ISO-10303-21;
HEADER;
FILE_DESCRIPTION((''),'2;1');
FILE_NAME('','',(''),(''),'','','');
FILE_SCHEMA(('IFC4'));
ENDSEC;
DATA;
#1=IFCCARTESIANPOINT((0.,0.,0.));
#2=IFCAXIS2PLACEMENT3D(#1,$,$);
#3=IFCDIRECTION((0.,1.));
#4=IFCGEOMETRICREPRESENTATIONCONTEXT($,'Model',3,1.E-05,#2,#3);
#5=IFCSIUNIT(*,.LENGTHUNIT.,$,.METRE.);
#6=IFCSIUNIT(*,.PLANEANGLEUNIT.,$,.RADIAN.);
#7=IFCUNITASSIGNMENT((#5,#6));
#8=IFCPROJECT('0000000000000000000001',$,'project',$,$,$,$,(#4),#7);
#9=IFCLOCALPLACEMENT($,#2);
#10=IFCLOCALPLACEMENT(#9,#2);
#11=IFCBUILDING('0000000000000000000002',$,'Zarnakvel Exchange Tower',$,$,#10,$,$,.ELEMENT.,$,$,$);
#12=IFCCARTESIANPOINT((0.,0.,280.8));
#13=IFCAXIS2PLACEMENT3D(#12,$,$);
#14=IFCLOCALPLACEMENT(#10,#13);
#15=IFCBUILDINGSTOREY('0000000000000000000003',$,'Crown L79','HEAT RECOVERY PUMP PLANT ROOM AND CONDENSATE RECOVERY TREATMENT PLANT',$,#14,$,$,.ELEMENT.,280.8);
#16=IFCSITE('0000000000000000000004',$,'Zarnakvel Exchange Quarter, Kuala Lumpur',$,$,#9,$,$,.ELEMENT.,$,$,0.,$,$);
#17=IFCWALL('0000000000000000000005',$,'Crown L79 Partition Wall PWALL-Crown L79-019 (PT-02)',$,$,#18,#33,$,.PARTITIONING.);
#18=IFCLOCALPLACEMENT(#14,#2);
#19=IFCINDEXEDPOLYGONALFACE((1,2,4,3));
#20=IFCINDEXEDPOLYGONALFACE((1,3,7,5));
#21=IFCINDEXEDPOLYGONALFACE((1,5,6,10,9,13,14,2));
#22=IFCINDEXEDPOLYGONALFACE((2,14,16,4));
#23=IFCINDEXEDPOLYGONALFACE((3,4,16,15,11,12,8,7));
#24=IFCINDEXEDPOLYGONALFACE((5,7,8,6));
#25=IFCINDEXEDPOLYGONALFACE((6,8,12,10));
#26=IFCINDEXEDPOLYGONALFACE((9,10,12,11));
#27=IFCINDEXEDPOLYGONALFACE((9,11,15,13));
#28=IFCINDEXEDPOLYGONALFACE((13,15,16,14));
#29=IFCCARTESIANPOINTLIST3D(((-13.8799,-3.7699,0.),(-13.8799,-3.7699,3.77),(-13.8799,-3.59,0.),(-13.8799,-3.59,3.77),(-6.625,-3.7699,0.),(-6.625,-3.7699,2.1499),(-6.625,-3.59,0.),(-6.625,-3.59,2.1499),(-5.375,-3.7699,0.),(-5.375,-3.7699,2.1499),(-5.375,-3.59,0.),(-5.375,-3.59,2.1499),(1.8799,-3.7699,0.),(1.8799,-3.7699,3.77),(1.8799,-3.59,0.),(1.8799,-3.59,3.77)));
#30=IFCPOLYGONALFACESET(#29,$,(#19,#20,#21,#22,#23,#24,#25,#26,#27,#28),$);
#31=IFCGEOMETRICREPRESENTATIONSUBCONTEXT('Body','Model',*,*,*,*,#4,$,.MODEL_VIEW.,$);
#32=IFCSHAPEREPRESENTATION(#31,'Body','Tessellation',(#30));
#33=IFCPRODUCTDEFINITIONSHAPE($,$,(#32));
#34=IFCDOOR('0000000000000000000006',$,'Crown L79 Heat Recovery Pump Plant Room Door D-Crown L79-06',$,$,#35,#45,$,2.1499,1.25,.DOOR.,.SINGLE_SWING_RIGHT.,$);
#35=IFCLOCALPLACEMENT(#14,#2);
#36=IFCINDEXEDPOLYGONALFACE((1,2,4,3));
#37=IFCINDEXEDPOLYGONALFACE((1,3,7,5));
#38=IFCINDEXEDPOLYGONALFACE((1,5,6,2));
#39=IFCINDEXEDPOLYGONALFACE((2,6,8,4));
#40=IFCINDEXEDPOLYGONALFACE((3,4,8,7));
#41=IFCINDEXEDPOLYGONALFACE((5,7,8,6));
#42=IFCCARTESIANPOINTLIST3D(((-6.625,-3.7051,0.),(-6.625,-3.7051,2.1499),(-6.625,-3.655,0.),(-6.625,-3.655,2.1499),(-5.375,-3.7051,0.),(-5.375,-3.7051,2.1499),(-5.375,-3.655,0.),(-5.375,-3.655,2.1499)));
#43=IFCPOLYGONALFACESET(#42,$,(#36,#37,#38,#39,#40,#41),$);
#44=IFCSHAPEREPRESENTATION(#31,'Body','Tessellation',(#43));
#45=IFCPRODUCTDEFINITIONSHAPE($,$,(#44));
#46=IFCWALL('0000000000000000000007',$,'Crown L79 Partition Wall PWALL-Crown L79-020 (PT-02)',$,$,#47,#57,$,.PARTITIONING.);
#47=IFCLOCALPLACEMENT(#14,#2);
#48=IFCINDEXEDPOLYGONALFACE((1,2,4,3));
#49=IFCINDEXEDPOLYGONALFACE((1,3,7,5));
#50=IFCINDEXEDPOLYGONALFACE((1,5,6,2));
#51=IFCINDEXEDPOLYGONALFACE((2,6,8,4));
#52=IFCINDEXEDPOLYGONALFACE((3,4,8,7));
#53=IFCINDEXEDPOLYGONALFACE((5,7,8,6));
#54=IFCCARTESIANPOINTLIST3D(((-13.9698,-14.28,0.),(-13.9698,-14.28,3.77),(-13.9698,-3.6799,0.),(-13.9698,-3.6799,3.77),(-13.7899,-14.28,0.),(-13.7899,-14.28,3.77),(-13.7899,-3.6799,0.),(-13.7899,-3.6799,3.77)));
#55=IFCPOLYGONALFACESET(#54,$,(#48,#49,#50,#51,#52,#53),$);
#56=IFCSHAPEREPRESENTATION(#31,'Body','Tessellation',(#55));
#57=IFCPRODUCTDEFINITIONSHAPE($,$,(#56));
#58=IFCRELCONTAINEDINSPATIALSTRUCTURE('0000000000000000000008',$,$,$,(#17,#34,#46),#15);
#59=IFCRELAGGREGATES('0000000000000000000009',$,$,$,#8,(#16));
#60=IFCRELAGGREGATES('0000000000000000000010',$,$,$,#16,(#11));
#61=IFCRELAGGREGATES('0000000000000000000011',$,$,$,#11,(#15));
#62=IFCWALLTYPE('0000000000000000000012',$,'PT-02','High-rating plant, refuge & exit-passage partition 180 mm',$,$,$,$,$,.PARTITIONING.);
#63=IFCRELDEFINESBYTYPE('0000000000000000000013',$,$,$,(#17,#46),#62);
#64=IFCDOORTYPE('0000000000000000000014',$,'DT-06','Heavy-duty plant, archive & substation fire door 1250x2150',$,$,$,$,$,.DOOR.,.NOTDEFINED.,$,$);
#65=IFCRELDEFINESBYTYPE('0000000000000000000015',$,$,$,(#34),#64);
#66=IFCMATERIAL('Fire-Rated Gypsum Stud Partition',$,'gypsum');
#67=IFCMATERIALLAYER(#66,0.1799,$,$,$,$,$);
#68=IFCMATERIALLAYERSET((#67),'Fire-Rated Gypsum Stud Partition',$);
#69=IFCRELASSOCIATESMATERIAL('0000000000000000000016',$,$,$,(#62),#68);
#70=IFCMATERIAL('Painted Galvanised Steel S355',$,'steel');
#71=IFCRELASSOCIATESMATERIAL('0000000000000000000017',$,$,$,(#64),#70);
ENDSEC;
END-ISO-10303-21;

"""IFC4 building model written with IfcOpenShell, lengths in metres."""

from ifc_helpers import new_model, si_unit, direction, frame, frame_2d, origin, place, context, subcontext, project, spatial, rectangle, extrude, source, transform, mapped, material, layer, layer_set, type_object, element, fill, save


model = new_model("IFC4")

# Units and contexts
model_context = context("Model", 3, precision=1e-05, world=origin(), true_north=direction((0.0, 1.0)))
body_context = subcontext(model_context, "Body", "Model", "MODEL_VIEW")
ifc_project = project(units=[si_unit("LENGTHUNIT", "METRE"), si_unit("PLANEANGLEUNIT", "RADIAN")], contexts=[model_context])

# Site, building, storey
site_placement = place(None, origin())
site = spatial("IfcSite", under=ifc_project, at=site_placement, Name="Zarnakvel Exchange Quarter, Kuala Lumpur", CompositionType="ELEMENT", RefElevation=0.0)
building_placement = place(site_placement, origin())
building = spatial("IfcBuilding", under=site, at=building_placement, Name="Zarnakvel Exchange Tower", CompositionType="ELEMENT")
storey_placement = place(building_placement, frame((0.0, 0.0, 280.8)))
storey = spatial("IfcBuildingStorey", under=building, at=storey_placement, Name="Crown L79", Description="HEAT RECOVERY PUMP PLANT ROOM AND CONDENSATE RECOVERY TREATMENT PLANT", CompositionType="ELEMENT", Elevation=280.8)

# Shared definitions
ifc_material_1 = material(Name="Painted Galvanised Steel S355", Category="steel")

# Wall, opening, door
ifc_material_2 = material(Name="Fire-Rated Gypsum Stud Partition", Category="gypsum")
ifc_layer_1 = layer(ifc_material_2, 0.1799)
ifc_layer_set_1 = layer_set([ifc_layer_1], Name="Fire-Rated Gypsum Stud Partition")
wall_type_1 = type_object("IfcWallType", Name="PT-02", Description="High-rating plant, refuge & exit-passage partition 180 mm", PredefinedType="PARTITIONING", material=ifc_layer_set_1)
wall_1_placement = place(storey_placement, frame((-13.8799, -3.6799, 0.0), z_axis=(0.0, 0.0, 1.0), x_axis=(1.0, 0.0, 0.0)))
wall_1 = element("IfcWall", 1, at=wall_1_placement, inside=storey, type_object=wall_type_1, Name="Crown L79 Partition Wall PWALL-Crown L79-019 (PT-02)", PredefinedType="PARTITIONING", context=body_context, shape_type="SweptSolid", body=[
    extrude(rectangle(XDim=15.7598, YDim=0.1799, at=frame_2d((7.8799, 0.0))), origin(), (0.0, 0.0, 1.0), 3.77),
])
opening_1_placement = place(wall_1_placement, frame((7.2549, 0.0, 0.0)))
opening_1 = element("IfcOpeningElement", 2, at=opening_1_placement, cuts=wall_1, PredefinedType="OPENING", context=body_context, shape_type="SweptSolid", body=[
    extrude(rectangle(XDim=1.25, YDim=2.1499, at=frame_2d((0.625, 1.075))), frame((0.0, 0.0999, 0.0), z_axis=(0.0, -1.0, 0.0), x_axis=(1.0, 0.0, 0.0)), (0.0, 0.0, 1.0), 0.2),
])
door_type_1 = type_object("IfcDoorType", Name="DT-06", Description="Heavy-duty plant, archive & substation fire door 1250x2150", OperationType="NOTDEFINED", PredefinedType="DOOR", material=ifc_material_1)
shared_shape_1 = source(origin(), body_context, "Body", "SweptSolid", [
    extrude(rectangle(XDim=1.25, YDim=2.1499, at=frame_2d((0.625, 1.075))), frame((0.0, 0.0249, 0.0), z_axis=(0.0, -1.0, 0.0), x_axis=(1.0, 0.0, 0.0)), (0.0, 0.0, 1.0), 0.05),
])
door_1_placement = place(opening_1_placement, origin())
door_1 = element("IfcDoor", 3, at=door_1_placement, inside=storey, type_object=door_type_1, Name="Crown L79 Heat Recovery Pump Plant Room Door D-Crown L79-06", OperationType="SINGLE_SWING_RIGHT", OverallHeight=2.1499, OverallWidth=1.25, PredefinedType="DOOR", context=body_context, shape_type="MappedRepresentation", body=[
    mapped(shared_shape_1, transform((0.0, 0.0, 0.0), x_axis=(1.0, 0.0, 0.0), y_axis=(0.0, 1.0, 0.0), z_axis=(0.0, 0.0, 1.0), scale=1.0)),
])
fill(opening_1, door_1)

# Wall
wall_2_placement = place(storey_placement, frame((-13.8799, -14.28, 0.0), z_axis=(0.0, 0.0, 1.0), x_axis=(0.0, 1.0, 0.0)))
element("IfcWall", 4, at=wall_2_placement, inside=storey, type_object=wall_type_1, Name="Crown L79 Partition Wall PWALL-Crown L79-020 (PT-02)", PredefinedType="PARTITIONING", context=body_context, shape_type="SweptSolid", body=[
    extrude(rectangle(XDim=10.6001, YDim=0.1799, at=frame_2d((5.3, 0.0))), origin(), (0.0, 0.0, 1.0), 3.77),
])

save(model, "model.ifc")
